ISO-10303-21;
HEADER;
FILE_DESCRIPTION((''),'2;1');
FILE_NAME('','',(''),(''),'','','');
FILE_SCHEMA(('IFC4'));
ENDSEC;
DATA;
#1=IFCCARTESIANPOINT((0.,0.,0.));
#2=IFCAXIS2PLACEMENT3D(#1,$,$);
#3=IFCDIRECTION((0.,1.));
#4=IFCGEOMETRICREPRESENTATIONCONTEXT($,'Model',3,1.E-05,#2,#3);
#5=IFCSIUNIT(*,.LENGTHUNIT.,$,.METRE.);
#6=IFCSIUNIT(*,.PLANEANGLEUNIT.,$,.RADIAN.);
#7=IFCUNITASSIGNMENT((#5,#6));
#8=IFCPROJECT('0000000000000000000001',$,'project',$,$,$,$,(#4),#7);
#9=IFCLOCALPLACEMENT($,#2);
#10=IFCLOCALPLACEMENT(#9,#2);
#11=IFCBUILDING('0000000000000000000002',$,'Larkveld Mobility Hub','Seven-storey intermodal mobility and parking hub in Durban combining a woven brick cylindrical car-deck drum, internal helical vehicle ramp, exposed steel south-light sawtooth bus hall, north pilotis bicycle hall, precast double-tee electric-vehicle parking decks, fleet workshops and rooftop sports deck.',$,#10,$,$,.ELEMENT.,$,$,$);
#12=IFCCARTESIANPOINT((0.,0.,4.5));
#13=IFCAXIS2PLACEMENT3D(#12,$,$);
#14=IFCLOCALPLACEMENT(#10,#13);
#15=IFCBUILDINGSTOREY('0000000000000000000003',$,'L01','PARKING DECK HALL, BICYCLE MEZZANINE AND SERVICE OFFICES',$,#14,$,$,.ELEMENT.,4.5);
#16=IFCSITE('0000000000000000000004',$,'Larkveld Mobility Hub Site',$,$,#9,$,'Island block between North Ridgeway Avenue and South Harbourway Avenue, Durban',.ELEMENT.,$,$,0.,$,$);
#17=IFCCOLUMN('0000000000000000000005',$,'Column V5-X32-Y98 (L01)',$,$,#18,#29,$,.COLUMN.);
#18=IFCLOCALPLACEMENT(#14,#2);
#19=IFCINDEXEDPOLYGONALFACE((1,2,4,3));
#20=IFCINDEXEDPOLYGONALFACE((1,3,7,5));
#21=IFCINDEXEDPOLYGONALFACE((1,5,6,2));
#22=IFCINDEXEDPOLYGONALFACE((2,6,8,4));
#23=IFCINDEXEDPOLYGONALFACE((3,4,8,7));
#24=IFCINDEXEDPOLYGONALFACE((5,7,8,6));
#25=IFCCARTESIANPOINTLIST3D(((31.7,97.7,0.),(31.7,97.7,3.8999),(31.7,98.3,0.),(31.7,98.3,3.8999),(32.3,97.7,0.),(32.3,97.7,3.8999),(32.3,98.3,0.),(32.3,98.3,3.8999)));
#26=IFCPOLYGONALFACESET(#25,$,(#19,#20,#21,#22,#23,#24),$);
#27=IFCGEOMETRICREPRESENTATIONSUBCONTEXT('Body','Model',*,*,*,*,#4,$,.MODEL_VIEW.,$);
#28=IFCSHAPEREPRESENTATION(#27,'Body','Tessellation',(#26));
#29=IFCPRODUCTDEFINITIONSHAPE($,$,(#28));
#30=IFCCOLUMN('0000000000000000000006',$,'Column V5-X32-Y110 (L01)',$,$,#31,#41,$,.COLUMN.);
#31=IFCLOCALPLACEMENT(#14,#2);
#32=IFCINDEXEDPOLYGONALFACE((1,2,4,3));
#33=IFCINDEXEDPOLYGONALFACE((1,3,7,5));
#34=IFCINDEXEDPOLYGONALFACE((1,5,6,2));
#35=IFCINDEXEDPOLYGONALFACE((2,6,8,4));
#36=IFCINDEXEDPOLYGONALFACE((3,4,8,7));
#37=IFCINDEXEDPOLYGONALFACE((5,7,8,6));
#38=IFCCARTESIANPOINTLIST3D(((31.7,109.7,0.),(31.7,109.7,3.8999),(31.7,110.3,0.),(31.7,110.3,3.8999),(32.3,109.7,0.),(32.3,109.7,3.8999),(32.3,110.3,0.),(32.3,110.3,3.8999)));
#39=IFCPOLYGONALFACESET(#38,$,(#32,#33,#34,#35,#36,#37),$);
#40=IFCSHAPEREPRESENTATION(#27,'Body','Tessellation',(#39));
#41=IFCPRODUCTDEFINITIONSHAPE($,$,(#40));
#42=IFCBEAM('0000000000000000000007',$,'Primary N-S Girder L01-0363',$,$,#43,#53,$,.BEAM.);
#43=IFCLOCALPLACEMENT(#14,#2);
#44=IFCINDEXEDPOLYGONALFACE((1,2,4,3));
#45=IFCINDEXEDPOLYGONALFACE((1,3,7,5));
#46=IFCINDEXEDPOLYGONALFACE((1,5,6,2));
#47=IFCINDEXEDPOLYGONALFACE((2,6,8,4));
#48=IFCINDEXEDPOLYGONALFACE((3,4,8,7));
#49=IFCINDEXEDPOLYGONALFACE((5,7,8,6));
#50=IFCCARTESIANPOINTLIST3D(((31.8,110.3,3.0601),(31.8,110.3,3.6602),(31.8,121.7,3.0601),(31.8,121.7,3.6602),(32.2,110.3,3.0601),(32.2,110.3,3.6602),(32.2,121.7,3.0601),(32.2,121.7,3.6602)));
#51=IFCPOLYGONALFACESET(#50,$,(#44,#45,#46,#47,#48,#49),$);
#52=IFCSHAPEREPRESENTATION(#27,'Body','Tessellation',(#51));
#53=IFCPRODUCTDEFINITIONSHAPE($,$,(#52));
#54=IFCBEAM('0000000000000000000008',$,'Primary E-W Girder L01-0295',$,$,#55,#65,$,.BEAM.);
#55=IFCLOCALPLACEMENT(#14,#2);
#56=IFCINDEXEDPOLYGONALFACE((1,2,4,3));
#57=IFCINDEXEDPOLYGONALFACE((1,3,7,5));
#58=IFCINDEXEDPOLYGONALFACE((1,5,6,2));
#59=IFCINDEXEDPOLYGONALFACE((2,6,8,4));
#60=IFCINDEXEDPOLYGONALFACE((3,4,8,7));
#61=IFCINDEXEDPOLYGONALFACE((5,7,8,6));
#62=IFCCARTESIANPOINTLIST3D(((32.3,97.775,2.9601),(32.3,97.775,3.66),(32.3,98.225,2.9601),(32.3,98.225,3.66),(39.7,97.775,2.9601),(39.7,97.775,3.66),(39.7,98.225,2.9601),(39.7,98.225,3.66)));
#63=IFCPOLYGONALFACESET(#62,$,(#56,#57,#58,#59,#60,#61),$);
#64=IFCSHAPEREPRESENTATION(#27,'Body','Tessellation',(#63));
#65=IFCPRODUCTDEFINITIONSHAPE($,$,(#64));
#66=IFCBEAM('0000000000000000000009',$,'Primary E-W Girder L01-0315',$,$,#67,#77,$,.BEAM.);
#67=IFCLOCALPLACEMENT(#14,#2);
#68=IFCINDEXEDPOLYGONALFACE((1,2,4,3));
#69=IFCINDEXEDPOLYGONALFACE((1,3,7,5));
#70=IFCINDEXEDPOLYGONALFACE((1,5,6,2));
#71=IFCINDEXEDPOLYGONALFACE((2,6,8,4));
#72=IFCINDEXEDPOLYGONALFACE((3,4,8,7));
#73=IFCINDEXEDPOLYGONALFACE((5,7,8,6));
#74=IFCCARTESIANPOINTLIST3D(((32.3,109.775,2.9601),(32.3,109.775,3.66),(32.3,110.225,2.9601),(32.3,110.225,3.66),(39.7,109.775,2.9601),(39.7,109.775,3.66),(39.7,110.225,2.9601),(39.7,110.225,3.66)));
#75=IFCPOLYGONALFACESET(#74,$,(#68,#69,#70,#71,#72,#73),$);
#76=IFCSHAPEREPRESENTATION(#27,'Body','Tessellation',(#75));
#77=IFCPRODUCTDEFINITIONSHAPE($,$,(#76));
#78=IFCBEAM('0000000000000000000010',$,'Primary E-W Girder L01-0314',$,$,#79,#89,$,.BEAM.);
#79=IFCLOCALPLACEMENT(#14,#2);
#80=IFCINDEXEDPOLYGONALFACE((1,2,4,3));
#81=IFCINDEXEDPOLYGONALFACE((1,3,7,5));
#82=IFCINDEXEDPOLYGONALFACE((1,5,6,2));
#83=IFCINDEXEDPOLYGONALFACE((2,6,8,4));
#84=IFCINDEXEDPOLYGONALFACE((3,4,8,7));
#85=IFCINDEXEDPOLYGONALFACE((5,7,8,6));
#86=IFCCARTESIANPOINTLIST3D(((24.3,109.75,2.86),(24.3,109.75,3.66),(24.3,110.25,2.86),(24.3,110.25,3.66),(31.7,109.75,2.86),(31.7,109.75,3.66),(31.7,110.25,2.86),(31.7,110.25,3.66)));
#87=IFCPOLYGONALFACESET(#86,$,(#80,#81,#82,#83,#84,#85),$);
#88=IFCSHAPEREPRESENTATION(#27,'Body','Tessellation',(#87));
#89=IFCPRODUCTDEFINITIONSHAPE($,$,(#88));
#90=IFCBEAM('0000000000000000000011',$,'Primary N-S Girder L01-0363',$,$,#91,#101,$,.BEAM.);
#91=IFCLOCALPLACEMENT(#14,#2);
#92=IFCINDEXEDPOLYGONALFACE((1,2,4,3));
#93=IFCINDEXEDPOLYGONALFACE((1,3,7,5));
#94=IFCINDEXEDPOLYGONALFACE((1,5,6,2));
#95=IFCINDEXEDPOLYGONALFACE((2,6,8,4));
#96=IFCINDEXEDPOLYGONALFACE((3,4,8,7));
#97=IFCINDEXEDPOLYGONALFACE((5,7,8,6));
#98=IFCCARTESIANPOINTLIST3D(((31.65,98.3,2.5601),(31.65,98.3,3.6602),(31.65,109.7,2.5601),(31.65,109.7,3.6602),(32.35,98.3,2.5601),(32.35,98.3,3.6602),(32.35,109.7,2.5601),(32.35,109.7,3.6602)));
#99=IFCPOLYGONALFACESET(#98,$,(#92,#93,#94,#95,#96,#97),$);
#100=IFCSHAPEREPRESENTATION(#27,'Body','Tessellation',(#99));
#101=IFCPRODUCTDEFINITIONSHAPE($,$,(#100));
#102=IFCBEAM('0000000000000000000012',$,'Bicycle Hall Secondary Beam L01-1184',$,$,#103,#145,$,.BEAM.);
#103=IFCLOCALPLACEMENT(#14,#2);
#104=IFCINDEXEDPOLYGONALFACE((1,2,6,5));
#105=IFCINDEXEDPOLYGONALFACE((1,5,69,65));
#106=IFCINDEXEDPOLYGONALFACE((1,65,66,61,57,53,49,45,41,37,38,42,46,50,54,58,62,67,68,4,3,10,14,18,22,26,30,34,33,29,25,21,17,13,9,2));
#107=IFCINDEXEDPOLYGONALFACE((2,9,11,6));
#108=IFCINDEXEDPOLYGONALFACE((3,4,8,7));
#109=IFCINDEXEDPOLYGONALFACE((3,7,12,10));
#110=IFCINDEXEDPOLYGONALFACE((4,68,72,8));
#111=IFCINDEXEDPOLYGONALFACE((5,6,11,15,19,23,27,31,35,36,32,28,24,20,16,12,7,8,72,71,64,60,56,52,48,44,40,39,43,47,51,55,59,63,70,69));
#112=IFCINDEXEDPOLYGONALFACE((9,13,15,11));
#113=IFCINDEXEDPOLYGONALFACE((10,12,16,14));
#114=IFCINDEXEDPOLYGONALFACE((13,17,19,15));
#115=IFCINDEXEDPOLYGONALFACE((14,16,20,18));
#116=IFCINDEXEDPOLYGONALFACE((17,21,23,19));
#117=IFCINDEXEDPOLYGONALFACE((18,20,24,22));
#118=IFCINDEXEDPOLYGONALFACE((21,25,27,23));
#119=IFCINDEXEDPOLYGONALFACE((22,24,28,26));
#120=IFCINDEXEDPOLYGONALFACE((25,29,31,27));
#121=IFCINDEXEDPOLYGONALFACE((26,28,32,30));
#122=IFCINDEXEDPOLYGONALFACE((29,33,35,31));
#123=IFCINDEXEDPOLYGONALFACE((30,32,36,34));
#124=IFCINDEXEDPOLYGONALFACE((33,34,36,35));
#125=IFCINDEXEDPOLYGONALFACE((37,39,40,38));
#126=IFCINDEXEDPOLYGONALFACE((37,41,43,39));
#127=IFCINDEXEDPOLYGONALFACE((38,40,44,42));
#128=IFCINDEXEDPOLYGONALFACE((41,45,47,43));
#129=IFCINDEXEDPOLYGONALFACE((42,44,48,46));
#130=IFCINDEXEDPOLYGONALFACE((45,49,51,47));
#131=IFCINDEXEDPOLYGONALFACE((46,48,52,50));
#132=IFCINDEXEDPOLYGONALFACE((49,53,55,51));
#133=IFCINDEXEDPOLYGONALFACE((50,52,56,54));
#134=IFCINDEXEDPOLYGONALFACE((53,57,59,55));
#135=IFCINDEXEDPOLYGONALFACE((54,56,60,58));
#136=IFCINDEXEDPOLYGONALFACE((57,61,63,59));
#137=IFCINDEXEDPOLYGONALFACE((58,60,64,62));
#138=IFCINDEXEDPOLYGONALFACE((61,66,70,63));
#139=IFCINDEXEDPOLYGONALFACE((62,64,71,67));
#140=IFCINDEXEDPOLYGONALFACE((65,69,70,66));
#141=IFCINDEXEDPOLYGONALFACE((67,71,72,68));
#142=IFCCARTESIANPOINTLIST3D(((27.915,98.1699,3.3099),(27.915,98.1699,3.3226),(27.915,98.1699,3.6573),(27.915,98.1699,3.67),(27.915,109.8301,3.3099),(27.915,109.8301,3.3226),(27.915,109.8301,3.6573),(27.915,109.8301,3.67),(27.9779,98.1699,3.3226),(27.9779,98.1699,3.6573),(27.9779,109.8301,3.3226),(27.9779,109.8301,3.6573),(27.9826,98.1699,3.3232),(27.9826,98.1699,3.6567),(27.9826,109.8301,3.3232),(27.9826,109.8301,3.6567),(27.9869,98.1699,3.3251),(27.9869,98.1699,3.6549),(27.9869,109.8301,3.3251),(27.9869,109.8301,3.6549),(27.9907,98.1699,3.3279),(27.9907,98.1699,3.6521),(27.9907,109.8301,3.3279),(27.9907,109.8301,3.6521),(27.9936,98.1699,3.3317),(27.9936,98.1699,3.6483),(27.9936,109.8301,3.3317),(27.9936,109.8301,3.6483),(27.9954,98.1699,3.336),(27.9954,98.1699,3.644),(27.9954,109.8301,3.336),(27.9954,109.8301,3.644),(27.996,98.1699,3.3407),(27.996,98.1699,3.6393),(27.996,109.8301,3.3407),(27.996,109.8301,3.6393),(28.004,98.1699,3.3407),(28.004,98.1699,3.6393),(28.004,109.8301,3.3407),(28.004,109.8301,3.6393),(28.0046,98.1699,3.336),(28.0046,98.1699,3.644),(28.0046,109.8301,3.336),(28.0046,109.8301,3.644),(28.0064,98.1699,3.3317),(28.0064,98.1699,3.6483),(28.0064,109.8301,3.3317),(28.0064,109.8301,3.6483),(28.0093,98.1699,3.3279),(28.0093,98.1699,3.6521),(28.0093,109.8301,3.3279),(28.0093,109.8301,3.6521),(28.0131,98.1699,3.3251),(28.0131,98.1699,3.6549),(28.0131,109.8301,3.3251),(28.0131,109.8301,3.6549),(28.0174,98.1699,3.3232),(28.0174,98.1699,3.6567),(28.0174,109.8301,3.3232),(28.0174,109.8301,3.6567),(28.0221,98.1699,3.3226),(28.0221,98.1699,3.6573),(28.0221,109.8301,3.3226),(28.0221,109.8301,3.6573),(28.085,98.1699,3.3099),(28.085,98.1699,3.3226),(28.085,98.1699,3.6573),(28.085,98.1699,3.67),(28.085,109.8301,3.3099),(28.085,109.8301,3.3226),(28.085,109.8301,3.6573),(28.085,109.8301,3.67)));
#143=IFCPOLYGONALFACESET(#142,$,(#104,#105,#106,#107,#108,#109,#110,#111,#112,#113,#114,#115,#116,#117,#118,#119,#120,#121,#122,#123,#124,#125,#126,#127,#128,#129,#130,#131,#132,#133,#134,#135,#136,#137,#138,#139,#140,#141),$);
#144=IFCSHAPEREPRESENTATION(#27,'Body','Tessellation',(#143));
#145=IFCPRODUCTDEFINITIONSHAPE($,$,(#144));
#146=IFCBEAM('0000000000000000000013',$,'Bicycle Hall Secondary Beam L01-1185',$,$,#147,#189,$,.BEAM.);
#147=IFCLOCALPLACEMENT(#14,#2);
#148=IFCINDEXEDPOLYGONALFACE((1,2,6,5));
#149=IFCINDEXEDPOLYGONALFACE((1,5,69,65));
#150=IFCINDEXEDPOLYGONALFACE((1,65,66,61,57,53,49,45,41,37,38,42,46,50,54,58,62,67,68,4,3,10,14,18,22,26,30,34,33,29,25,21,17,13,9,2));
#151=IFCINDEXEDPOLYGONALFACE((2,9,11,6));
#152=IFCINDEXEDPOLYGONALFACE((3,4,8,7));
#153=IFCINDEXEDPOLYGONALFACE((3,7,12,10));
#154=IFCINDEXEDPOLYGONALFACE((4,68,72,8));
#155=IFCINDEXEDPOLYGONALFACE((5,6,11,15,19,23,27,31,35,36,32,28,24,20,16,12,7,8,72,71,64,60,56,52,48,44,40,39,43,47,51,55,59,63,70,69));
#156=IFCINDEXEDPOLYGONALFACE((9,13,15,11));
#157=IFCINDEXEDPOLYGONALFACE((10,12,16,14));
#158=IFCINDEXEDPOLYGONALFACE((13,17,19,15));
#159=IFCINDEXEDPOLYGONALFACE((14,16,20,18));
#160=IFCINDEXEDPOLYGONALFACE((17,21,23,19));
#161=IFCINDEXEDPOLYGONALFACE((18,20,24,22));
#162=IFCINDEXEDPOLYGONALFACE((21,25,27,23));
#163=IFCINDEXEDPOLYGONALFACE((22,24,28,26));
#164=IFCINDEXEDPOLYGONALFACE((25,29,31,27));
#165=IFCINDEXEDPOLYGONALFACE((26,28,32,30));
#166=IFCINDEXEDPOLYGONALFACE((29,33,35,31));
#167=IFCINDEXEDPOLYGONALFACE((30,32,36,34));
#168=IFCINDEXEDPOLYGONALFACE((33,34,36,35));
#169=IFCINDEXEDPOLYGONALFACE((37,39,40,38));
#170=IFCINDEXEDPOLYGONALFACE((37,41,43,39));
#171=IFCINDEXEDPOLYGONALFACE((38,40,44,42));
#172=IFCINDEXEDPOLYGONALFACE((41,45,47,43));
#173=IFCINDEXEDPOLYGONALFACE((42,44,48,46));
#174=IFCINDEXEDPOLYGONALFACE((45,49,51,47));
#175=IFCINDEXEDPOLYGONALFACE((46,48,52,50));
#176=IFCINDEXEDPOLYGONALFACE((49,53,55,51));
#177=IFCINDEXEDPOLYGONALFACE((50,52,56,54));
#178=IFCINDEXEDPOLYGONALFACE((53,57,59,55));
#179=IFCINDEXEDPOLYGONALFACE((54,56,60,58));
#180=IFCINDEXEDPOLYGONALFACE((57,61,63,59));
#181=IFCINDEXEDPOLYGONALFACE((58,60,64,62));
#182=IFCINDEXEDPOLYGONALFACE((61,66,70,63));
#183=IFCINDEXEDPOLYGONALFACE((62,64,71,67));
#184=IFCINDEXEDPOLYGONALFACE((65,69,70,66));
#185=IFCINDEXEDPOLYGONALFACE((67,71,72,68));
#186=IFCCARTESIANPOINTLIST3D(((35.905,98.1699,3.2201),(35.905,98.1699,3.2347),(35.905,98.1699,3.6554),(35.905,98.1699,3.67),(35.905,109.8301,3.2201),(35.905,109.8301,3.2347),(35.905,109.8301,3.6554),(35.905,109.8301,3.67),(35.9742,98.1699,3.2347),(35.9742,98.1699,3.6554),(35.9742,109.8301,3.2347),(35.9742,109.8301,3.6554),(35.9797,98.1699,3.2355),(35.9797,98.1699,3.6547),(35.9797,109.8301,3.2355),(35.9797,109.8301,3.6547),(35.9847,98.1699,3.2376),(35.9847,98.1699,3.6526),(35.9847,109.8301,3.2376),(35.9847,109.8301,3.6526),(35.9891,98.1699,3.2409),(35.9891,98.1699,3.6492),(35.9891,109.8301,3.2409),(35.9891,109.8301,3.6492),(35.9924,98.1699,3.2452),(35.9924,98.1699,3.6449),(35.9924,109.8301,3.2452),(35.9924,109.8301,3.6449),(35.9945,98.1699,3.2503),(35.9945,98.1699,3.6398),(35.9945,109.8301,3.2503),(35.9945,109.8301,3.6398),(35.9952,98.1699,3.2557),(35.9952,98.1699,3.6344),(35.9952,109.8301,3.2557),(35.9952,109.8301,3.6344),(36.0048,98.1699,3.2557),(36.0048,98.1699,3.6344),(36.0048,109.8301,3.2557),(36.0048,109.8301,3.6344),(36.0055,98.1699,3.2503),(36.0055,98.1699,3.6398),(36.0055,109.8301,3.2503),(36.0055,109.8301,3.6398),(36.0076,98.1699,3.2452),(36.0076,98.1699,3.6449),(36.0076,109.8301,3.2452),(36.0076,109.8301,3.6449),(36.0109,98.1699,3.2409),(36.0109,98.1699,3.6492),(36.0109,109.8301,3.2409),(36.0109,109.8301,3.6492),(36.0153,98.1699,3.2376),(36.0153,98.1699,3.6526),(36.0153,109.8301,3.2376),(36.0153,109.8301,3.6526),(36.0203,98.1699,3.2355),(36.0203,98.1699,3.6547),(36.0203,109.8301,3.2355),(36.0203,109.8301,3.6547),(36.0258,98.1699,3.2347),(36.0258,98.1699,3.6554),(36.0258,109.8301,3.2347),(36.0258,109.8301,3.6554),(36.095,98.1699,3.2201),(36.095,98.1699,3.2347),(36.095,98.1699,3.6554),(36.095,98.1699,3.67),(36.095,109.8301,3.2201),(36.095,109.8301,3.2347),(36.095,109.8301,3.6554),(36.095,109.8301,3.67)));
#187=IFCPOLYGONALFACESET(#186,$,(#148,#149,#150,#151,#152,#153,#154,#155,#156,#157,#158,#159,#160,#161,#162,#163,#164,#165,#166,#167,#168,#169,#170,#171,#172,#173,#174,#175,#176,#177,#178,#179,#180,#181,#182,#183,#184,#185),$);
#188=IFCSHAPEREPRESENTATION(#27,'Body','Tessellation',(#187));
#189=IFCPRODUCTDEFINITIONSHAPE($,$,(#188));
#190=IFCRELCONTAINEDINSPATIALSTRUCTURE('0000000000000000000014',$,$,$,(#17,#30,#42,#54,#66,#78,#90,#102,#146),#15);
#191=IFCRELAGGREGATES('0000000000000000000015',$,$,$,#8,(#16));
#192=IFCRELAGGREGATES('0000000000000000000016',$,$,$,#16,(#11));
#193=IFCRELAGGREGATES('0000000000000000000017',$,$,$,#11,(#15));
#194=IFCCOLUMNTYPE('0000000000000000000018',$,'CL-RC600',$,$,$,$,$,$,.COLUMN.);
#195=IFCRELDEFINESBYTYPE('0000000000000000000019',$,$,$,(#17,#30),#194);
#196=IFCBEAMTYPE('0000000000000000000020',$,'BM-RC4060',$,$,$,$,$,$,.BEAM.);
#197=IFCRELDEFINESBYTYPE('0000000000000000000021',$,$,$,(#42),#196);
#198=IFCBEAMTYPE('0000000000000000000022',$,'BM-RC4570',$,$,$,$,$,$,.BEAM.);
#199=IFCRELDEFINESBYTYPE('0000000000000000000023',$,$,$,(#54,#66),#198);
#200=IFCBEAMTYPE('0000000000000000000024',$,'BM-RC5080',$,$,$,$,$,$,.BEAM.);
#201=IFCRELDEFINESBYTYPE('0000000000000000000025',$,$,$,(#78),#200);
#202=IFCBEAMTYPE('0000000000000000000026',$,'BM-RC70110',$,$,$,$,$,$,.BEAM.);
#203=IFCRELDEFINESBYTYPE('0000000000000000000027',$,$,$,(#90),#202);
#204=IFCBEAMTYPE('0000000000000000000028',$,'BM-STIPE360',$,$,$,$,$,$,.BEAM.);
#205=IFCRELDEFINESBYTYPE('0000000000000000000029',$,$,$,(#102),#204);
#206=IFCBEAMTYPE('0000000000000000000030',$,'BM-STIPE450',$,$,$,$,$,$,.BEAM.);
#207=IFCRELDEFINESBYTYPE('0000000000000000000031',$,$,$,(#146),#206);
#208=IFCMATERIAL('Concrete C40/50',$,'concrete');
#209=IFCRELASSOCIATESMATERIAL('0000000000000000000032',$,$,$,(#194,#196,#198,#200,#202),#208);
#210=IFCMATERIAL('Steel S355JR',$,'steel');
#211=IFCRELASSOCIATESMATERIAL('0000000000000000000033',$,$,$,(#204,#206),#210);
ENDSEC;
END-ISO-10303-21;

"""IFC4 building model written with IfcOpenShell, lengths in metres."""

from ifc_helpers import new_model, si_unit, direction, frame, origin, origin_2d, place, context, subcontext, project, spatial, rectangle, i_section, extrude, material, material_profile, profile_set, type_object, element, save


model = new_model("IFC4")

# Units and contexts
model_context = context("Model", 3, precision=1e-05, world=origin(), true_north=direction((0.0, 1.0)))
body_context = subcontext(model_context, "Body", "Model", "MODEL_VIEW")
ifc_project = project(units=[si_unit("LENGTHUNIT", "METRE"), si_unit("PLANEANGLEUNIT", "RADIAN")], contexts=[model_context])

# Site, building, storey
site_placement = place(None, origin())
site = spatial("IfcSite", under=ifc_project, at=site_placement, Name="Larkveld Mobility Hub Site", LongName="Island block between North Ridgeway Avenue and South Harbourway Avenue, Durban", CompositionType="ELEMENT", RefElevation=0.0)
building_placement = place(site_placement, origin())
building = spatial("IfcBuilding", under=site, at=building_placement, Name="Larkveld Mobility Hub", Description="Seven-storey intermodal mobility and parking hub in Durban combining a woven brick cylindrical car-deck drum, internal helical vehicle ramp, exposed steel south-light sawtooth bus hall, north pilotis bicycle hall, precast double-tee electric-vehicle parking decks, fleet workshops and rooftop sports deck.", CompositionType="ELEMENT")
storey_placement = place(building_placement, frame((0.0, 0.0, 4.5)))
storey = spatial("IfcBuildingStorey", under=building, at=storey_placement, Name="L01", Description="PARKING DECK HALL, BICYCLE MEZZANINE AND SERVICE OFFICES", CompositionType="ELEMENT", Elevation=4.5)

# Columns
ifc_material_1 = material(Name="Concrete C40/50", Category="concrete")
ifc_material_profile_1 = material_profile(ifc_material_1, rectangle(XDim=0.6001, YDim=0.6001, at=origin_2d()), Name="RC COL 600x600")
ifc_profile_set_1 = profile_set([ifc_material_profile_1], Name="Concrete C40/50")
column_type = type_object("IfcColumnType", Name="CL-RC600", PredefinedType="COLUMN", material=ifc_profile_set_1)
for number, where, z_axis, x_axis, name in (
    (1, (32.0, 98.0, 0.0), (0.0, 0.0, 1.0), (1.0, 0.0, 0.0), "Column V5-X32-Y98 (L01)"),
    (2, (32.0, 110.0, 0.0), (0.0, 0.0, 1.0), (1.0, 0.0, 0.0), "Column V5-X32-Y110 (L01)"),
):
    element("IfcColumn", number, at=place(storey_placement, frame(where, z_axis=z_axis, x_axis=x_axis)), inside=storey, type_object=column_type, Name=name, PredefinedType="COLUMN", context=body_context, shape_type="SweptSolid", body=[
        extrude(rectangle(XDim=0.6001, YDim=0.6001, at=origin_2d()), origin(), (0.0, 0.0, 1.0), 3.8999),
    ])

# Beams
ifc_material_profile_2 = material_profile(ifc_material_1, rectangle(XDim=0.3999, YDim=0.6001, at=origin_2d()), Name="RC BM 400x600")
ifc_profile_set_2 = profile_set([ifc_material_profile_2], Name="Concrete C40/50")
beam_type_1 = type_object("IfcBeamType", Name="BM-RC4060", PredefinedType="BEAM", material=ifc_profile_set_2)
beam_1_placement = place(storey_placement, frame((32.0, 110.3, 3.3601), z_axis=(0.0, 1.0, 0.0), x_axis=(-1.0, 0.0, 0.0)))
element("IfcBeam", 3, at=beam_1_placement, inside=storey, type_object=beam_type_1, Name="Primary N-S Girder L01-0363", PredefinedType="BEAM", context=body_context, shape_type="SweptSolid", body=[
    extrude(rectangle(XDim=0.3999, YDim=0.6001, at=origin_2d()), origin(), (0.0, 0.0, 1.0), 11.3999),
])
ifc_material_profile_3 = material_profile(ifc_material_1, rectangle(XDim=0.45, YDim=0.7, at=origin_2d()), Name="RC BM 450x700")
ifc_profile_set_3 = profile_set([ifc_material_profile_3], Name="Concrete C40/50")
beam_type_2 = type_object("IfcBeamType", Name="BM-RC4570", PredefinedType="BEAM", material=ifc_profile_set_3)
for number, where, z_axis, x_axis, name in (
    (4, (32.3, 98.0, 3.3101), (1.0, 0.0, 0.0), (0.0, 1.0, 0.0), "Primary E-W Girder L01-0295"),
    (5, (32.3, 110.0, 3.3101), (1.0, 0.0, 0.0), (0.0, 1.0, 0.0), "Primary E-W Girder L01-0315"),
):
    element("IfcBeam", number, at=place(storey_placement, frame(where, z_axis=z_axis, x_axis=x_axis)), inside=storey, type_object=beam_type_2, Name=name, PredefinedType="BEAM", context=body_context, shape_type="SweptSolid", body=[
        extrude(rectangle(XDim=0.45, YDim=0.7, at=origin_2d()), origin(), (0.0, 0.0, 1.0), 7.3999),
    ])
ifc_material_profile_4 = material_profile(ifc_material_1, rectangle(XDim=0.5, YDim=0.8, at=origin_2d()), Name="RC BM 500x800")
ifc_profile_set_4 = profile_set([ifc_material_profile_4], Name="Concrete C40/50")
beam_type_3 = type_object("IfcBeamType", Name="BM-RC5080", PredefinedType="BEAM", material=ifc_profile_set_4)
beam_2_placement = place(storey_placement, frame((24.3, 110.0, 3.26), z_axis=(1.0, 0.0, 0.0), x_axis=(0.0, 1.0, 0.0)))
element("IfcBeam", 6, at=beam_2_placement, inside=storey, type_object=beam_type_3, Name="Primary E-W Girder L01-0314", PredefinedType="BEAM", context=body_context, shape_type="SweptSolid", body=[
    extrude(rectangle(XDim=0.5, YDim=0.8, at=origin_2d()), origin(), (0.0, 0.0, 1.0), 7.3999),
])
ifc_material_profile_5 = material_profile(ifc_material_1, rectangle(XDim=0.7, YDim=1.1001, at=origin_2d()), Name="RC BM 700x1100")
ifc_profile_set_5 = profile_set([ifc_material_profile_5], Name="Concrete C40/50")
beam_type_4 = type_object("IfcBeamType", Name="BM-RC70110", PredefinedType="BEAM", material=ifc_profile_set_5)
beam_3_placement = place(storey_placement, frame((32.0, 98.3, 3.1101), z_axis=(0.0, 1.0, 0.0), x_axis=(-1.0, 0.0, 0.0)))
element("IfcBeam", 7, at=beam_3_placement, inside=storey, type_object=beam_type_4, Name="Primary N-S Girder L01-0363", PredefinedType="BEAM", context=body_context, shape_type="SweptSolid", body=[
    extrude(rectangle(XDim=0.7, YDim=1.1001, at=origin_2d()), origin(), (0.0, 0.0, 1.0), 11.3999),
])
ifc_material_2 = material(Name="Steel S355JR", Category="steel")
ifc_material_profile_6 = material_profile(ifc_material_2, i_section(OverallWidth=0.1699, OverallDepth=0.3601, WebThickness=0.0081, FlangeThickness=0.0127, FilletRadius=0.0181, at=origin_2d()), Name="IPE 360")
ifc_profile_set_6 = profile_set([ifc_material_profile_6], Name="Steel S355JR")
beam_type_5 = type_object("IfcBeamType", Name="BM-STIPE360", PredefinedType="BEAM", material=ifc_profile_set_6)
beam_4_placement = place(storey_placement, frame((28.0, 98.1699, 3.49), z_axis=(0.0, 1.0, 0.0), x_axis=(-1.0, 0.0, 0.0)))
element("IfcBeam", 8, at=beam_4_placement, inside=storey, type_object=beam_type_5, Name="Bicycle Hall Secondary Beam L01-1184", PredefinedType="BEAM", context=body_context, shape_type="SweptSolid", body=[
    extrude(i_section(OverallWidth=0.1699, OverallDepth=0.3601, WebThickness=0.0081, FlangeThickness=0.0127, FilletRadius=0.0181, at=origin_2d()), origin(), (0.0, 0.0, 1.0), 11.6602),
])
ifc_material_profile_7 = material_profile(ifc_material_2, i_section(OverallWidth=0.1899, OverallDepth=0.45, WebThickness=0.0095, FlangeThickness=0.0146, FilletRadius=0.021, at=origin_2d()), Name="IPE 450")
ifc_profile_set_7 = profile_set([ifc_material_profile_7], Name="Steel S355JR")
beam_type_6 = type_object("IfcBeamType", Name="BM-STIPE450", PredefinedType="BEAM", material=ifc_profile_set_7)
beam_5_placement = place(storey_placement, frame((36.0, 98.1699, 3.4451), z_axis=(0.0, 1.0, 0.0), x_axis=(-1.0, 0.0, 0.0)))
element("IfcBeam", 9, at=beam_5_placement, inside=storey, type_object=beam_type_6, Name="Bicycle Hall Secondary Beam L01-1185", PredefinedType="BEAM", context=body_context, shape_type="SweptSolid", body=[
    extrude(i_section(OverallWidth=0.1899, OverallDepth=0.45, WebThickness=0.0095, FlangeThickness=0.0146, FilletRadius=0.021, at=origin_2d()), origin(), (0.0, 0.0, 1.0), 11.6602),
])

save(model, "model.ifc")
